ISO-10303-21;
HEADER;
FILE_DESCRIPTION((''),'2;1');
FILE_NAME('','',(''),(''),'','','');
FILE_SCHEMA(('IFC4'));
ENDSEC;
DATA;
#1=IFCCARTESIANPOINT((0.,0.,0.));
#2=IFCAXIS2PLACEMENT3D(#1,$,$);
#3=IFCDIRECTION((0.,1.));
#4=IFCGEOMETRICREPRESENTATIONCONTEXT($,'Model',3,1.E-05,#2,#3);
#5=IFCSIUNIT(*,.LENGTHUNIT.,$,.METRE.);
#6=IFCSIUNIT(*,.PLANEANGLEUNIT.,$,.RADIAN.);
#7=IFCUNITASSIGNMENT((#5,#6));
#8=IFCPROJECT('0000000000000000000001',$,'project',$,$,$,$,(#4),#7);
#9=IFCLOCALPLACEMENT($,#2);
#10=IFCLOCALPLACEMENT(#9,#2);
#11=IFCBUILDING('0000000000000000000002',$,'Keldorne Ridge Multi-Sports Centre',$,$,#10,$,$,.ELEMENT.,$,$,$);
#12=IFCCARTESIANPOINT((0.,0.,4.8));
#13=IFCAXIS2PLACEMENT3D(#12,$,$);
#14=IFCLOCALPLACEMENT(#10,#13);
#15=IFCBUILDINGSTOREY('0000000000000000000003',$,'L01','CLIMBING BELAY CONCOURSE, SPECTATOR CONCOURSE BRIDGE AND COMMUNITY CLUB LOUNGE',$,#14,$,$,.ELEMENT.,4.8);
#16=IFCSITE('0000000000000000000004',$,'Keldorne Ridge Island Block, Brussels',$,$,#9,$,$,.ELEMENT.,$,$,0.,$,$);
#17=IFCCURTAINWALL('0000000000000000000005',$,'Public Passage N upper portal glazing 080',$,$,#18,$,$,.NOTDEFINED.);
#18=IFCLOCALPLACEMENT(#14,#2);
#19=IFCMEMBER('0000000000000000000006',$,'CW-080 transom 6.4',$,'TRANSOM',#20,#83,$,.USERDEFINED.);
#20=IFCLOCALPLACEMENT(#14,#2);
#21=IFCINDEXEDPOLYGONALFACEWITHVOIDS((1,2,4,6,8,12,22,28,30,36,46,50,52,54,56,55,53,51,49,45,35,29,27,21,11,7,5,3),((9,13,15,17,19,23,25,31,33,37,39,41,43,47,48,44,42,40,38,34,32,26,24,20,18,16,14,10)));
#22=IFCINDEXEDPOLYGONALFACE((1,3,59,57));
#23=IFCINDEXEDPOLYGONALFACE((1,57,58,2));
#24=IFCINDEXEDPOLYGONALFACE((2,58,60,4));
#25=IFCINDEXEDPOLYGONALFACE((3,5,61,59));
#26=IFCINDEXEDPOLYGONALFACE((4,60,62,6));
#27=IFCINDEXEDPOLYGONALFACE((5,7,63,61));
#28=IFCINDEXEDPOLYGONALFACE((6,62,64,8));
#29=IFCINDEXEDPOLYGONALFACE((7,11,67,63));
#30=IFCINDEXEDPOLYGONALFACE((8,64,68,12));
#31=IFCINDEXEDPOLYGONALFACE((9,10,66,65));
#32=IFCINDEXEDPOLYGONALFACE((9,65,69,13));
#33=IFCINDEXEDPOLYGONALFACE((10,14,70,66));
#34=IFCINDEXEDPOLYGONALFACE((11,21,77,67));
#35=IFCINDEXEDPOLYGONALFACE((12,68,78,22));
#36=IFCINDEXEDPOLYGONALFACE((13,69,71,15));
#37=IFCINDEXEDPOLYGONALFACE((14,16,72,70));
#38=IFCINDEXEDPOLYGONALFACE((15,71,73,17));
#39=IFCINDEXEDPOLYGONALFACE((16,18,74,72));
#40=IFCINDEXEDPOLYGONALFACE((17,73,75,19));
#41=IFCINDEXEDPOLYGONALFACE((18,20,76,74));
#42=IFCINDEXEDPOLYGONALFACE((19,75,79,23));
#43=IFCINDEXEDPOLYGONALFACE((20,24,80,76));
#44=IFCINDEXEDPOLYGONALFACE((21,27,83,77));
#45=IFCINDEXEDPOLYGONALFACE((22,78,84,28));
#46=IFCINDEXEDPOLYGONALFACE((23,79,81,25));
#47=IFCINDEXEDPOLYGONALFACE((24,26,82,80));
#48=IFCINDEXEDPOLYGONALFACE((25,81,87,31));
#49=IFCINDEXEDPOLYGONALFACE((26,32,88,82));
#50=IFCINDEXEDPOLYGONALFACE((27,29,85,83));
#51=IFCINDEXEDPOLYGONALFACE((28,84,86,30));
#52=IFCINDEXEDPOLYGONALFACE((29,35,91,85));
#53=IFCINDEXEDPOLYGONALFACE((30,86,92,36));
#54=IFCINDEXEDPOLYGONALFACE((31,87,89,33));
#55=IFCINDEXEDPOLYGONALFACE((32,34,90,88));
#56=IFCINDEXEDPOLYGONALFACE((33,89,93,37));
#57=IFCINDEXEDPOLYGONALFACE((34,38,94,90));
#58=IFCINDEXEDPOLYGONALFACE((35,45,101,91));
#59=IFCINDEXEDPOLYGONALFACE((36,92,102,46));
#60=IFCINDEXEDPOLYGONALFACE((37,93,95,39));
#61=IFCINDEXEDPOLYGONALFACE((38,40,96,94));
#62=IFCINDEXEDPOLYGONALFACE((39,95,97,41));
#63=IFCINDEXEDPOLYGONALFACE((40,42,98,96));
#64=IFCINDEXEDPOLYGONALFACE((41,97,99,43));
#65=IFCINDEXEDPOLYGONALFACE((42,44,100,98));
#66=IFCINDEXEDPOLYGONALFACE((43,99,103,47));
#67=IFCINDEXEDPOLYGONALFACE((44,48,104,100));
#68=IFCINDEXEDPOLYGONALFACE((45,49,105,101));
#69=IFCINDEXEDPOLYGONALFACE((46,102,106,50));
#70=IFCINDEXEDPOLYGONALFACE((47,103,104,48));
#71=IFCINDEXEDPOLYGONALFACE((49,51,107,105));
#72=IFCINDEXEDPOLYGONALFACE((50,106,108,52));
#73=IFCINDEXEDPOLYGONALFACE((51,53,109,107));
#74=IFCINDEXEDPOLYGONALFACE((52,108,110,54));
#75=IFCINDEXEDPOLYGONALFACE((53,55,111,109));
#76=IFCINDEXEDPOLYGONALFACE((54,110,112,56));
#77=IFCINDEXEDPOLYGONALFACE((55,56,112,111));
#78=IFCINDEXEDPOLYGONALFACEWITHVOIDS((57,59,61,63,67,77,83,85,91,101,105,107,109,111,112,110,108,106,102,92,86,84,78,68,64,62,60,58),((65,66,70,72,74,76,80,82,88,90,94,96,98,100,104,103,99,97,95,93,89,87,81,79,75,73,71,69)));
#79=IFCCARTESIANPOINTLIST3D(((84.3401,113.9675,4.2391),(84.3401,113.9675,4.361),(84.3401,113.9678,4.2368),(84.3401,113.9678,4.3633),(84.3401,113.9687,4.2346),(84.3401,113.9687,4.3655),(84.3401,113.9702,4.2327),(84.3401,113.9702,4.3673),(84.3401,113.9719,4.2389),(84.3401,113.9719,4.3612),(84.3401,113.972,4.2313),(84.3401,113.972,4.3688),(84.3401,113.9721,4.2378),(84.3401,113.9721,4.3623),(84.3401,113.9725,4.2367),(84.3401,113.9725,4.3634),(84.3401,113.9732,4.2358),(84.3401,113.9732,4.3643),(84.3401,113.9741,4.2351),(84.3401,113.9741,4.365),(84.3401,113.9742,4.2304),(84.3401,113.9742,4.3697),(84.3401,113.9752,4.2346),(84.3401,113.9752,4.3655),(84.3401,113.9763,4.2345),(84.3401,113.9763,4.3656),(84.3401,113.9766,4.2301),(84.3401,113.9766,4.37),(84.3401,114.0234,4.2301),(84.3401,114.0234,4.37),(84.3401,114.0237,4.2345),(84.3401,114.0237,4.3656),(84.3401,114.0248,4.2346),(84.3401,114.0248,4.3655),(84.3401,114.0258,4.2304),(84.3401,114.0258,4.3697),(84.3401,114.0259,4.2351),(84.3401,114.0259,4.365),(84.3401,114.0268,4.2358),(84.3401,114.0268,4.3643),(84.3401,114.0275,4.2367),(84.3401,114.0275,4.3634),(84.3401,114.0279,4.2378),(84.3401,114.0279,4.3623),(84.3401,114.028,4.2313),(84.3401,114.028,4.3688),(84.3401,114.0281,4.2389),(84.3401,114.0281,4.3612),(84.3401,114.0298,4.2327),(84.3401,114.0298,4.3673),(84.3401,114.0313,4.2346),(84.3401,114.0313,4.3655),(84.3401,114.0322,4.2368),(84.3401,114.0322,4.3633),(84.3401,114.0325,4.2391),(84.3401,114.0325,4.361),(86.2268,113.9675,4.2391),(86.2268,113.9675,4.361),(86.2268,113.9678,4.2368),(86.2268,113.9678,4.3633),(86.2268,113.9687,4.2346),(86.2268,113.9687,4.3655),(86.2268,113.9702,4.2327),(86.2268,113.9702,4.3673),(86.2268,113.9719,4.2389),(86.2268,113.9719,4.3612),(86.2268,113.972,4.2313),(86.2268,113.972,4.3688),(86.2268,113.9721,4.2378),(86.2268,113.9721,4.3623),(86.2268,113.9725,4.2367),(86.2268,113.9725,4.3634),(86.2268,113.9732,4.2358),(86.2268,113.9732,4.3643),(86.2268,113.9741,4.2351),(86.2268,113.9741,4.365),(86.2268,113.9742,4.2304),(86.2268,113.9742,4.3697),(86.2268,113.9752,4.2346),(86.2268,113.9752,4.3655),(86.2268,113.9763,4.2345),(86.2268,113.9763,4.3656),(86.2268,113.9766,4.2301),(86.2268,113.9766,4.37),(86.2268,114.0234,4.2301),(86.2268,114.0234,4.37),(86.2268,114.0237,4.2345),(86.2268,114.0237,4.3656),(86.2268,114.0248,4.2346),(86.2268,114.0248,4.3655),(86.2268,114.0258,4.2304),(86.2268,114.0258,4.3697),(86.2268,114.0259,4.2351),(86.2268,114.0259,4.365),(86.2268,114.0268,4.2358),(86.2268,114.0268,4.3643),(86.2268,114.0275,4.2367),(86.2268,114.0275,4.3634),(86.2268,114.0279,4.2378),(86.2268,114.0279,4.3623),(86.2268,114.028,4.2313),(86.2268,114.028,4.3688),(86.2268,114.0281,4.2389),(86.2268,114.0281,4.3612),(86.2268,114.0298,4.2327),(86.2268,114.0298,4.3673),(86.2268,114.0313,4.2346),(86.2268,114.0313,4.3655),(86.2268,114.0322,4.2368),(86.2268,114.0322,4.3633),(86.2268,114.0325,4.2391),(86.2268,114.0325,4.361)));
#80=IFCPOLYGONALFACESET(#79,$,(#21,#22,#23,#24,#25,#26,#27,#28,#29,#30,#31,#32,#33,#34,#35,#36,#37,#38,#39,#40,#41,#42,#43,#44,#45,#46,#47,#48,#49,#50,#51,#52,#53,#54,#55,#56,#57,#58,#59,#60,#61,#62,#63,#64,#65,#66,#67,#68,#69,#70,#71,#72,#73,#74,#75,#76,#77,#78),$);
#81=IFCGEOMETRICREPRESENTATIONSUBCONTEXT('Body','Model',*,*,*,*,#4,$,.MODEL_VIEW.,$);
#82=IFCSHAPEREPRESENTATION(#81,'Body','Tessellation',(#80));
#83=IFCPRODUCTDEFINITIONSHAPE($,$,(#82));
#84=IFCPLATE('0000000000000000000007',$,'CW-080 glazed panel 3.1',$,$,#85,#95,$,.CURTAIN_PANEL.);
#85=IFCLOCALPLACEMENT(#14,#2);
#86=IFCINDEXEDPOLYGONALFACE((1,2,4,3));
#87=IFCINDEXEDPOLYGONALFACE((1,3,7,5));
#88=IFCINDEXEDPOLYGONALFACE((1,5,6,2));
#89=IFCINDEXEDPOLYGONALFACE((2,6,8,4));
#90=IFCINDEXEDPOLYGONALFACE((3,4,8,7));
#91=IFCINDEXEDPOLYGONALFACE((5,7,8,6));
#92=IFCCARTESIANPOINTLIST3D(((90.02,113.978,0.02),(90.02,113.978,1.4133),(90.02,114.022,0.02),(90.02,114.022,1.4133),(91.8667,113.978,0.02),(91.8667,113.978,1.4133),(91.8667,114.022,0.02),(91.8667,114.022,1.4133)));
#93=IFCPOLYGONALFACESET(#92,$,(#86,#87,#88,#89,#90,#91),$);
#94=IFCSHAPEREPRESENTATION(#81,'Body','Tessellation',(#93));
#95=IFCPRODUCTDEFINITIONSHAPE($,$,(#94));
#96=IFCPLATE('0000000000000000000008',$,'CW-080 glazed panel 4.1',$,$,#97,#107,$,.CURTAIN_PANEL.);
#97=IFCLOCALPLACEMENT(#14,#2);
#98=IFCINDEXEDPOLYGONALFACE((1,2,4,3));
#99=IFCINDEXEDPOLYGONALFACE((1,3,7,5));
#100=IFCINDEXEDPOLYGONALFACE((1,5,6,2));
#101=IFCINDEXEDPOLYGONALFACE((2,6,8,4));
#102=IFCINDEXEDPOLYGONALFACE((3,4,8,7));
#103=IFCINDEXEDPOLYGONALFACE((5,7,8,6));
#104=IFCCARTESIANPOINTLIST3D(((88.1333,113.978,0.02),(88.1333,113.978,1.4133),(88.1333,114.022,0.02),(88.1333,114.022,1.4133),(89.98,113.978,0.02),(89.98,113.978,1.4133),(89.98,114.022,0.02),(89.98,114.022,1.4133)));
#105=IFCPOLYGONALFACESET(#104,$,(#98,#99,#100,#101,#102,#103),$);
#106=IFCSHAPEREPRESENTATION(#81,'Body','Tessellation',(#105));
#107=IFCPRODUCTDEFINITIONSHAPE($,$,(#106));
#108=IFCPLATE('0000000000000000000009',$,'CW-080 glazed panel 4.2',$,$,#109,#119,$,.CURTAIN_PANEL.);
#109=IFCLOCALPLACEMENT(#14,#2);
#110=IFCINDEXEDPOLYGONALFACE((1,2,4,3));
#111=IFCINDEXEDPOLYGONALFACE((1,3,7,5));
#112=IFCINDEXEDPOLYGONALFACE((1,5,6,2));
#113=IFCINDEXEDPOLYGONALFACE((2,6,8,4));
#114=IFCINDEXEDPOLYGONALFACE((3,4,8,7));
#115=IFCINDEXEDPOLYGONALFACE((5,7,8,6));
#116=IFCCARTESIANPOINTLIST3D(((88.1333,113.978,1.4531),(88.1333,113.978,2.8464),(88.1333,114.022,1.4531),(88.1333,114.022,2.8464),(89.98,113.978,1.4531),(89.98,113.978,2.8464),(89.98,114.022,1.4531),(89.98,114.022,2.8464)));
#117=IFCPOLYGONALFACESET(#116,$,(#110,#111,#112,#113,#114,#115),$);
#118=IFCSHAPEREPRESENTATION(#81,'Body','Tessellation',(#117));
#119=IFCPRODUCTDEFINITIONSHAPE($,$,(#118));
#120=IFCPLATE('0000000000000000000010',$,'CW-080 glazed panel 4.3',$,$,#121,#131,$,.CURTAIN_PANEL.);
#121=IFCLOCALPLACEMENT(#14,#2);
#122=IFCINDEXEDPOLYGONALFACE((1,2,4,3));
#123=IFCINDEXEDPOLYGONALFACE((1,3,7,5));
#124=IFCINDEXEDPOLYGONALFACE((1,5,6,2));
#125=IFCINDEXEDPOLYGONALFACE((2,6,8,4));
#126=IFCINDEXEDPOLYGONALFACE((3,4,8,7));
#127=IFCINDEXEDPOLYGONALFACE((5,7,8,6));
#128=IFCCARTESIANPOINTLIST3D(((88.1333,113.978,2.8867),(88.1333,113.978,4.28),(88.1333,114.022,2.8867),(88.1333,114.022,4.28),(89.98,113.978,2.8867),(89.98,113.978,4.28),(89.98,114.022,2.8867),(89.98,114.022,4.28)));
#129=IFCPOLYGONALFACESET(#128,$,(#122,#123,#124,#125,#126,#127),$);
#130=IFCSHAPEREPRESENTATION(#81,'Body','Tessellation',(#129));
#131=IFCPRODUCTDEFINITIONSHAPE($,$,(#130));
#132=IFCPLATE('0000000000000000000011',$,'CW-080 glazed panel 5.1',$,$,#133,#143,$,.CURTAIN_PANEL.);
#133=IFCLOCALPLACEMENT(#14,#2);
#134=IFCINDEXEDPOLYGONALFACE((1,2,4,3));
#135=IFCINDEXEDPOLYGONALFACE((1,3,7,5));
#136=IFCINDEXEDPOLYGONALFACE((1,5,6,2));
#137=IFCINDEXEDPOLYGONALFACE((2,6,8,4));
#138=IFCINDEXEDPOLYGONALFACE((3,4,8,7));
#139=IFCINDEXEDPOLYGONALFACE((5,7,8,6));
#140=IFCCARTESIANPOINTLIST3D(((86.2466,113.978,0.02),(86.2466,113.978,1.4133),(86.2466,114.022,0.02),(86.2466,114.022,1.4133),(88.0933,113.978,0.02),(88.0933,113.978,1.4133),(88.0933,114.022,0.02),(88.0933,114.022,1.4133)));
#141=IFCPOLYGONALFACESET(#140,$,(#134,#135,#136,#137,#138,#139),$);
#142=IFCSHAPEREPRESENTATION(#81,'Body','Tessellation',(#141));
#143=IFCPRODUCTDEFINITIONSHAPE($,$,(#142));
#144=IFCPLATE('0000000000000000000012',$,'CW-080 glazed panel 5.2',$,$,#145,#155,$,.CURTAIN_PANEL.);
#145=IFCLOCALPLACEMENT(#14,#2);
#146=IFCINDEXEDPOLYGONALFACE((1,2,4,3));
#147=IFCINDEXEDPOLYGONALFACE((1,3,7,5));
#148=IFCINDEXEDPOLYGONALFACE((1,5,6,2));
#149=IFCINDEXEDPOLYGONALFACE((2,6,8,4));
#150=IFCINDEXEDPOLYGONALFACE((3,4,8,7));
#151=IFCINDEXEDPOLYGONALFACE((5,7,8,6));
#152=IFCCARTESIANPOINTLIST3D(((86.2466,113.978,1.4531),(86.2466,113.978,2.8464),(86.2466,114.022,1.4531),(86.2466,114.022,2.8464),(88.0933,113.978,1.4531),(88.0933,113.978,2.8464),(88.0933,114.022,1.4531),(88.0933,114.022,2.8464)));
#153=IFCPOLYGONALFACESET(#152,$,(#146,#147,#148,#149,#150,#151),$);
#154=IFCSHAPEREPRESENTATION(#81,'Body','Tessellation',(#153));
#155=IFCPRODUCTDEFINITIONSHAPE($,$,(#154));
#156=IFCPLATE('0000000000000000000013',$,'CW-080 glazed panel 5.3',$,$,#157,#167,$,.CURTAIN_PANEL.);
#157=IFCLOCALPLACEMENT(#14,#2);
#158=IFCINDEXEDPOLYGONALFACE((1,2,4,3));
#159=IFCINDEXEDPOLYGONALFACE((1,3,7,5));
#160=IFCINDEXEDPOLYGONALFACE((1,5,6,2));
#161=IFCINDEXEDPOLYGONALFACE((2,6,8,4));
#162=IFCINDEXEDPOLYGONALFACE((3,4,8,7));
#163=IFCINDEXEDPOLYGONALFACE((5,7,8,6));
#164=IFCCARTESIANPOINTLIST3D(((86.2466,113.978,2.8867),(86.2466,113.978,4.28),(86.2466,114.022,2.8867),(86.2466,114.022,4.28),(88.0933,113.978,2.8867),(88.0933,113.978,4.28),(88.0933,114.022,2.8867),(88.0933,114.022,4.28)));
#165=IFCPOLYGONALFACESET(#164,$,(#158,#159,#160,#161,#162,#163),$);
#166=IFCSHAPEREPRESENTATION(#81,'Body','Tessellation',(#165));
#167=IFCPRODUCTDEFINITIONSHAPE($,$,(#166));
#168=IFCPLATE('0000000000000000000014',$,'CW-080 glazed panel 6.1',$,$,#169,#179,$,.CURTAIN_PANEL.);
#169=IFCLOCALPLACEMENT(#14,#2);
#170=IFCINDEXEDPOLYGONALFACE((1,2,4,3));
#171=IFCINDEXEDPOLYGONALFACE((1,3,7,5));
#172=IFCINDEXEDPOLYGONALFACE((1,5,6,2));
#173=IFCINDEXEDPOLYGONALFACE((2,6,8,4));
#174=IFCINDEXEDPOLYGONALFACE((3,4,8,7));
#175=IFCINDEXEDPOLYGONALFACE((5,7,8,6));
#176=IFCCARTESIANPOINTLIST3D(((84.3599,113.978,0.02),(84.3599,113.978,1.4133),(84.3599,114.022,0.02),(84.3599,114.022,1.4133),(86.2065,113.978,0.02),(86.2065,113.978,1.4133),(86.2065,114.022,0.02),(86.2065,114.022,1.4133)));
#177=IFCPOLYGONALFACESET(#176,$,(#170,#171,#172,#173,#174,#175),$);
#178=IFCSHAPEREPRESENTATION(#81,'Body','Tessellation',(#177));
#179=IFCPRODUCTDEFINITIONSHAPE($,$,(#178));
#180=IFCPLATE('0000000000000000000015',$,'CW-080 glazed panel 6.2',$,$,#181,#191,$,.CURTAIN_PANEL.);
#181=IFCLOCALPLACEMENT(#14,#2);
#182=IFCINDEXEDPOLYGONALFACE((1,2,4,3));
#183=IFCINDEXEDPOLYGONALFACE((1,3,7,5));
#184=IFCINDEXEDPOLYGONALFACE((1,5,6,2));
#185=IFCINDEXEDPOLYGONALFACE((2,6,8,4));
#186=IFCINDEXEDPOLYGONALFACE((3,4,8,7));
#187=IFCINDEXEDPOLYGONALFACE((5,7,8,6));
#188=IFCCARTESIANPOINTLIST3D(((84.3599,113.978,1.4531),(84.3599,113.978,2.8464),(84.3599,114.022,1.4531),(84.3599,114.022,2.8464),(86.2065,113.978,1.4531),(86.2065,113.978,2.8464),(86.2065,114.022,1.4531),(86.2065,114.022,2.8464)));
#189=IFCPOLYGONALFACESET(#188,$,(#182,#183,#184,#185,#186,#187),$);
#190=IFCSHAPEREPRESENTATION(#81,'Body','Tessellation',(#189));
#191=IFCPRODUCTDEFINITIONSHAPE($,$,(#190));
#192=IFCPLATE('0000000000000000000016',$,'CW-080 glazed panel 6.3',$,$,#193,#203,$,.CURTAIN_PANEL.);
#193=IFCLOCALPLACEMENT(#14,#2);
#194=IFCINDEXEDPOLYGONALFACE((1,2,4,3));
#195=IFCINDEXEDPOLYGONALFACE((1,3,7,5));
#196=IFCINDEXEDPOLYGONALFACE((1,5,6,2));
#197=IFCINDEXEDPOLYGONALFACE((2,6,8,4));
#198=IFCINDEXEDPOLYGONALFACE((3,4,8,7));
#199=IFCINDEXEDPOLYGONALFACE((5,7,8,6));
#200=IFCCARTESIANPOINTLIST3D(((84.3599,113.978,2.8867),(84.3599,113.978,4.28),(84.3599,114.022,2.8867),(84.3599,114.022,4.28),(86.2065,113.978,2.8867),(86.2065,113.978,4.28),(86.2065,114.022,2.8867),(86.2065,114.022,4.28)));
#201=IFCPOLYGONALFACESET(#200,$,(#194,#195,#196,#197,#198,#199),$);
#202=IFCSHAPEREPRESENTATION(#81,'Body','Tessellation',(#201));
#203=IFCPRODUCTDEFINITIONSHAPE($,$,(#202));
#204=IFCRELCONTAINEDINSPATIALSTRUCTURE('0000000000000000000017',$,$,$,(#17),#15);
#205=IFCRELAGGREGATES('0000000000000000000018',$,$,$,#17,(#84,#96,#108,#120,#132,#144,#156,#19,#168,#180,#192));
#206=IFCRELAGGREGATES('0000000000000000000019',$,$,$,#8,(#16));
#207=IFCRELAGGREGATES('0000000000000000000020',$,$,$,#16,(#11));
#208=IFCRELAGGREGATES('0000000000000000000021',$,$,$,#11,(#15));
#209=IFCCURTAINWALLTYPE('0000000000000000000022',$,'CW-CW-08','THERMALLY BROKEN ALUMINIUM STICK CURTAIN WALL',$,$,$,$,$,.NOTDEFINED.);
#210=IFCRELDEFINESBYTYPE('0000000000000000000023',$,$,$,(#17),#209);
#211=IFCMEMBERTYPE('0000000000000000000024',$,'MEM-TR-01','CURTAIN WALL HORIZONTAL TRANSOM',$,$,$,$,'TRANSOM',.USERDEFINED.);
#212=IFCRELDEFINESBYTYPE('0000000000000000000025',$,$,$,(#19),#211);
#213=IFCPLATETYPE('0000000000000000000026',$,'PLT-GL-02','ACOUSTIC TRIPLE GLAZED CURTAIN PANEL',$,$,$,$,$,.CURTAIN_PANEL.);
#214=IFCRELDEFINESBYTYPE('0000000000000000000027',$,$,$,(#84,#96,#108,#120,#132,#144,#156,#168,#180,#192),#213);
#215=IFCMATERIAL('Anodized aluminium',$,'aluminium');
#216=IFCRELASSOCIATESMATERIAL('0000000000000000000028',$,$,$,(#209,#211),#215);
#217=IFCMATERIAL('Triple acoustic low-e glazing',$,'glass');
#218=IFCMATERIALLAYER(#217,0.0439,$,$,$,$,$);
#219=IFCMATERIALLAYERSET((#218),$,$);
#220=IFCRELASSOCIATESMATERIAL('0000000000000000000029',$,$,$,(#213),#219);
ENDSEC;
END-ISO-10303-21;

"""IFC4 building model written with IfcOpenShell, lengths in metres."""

from ifc_helpers import new_model, si_unit, direction, frame, origin, origin_2d, place, context, subcontext, project, spatial, rectangle, hollow_rectangle, extrude, material, layer, layer_set, material_profile, profile_set, type_object, element, aggregate, save


model = new_model("IFC4")

# Units and contexts
model_context = context("Model", 3, precision=1e-05, world=origin(), true_north=direction((0.0, 1.0)))
body_context = subcontext(model_context, "Body", "Model", "MODEL_VIEW")
ifc_project = project(units=[si_unit("LENGTHUNIT", "METRE"), si_unit("PLANEANGLEUNIT", "RADIAN")], contexts=[model_context])

# Site, building, storey
site_placement = place(None, origin())
site = spatial("IfcSite", under=ifc_project, at=site_placement, Name="Keldorne Ridge Island Block, Brussels", CompositionType="ELEMENT", RefElevation=0.0)
building_placement = place(site_placement, origin())
building = spatial("IfcBuilding", under=site, at=building_placement, Name="Keldorne Ridge Multi-Sports Centre", CompositionType="ELEMENT")
storey_placement = place(building_placement, frame((0.0, 0.0, 4.8)))
storey = spatial("IfcBuildingStorey", under=building, at=storey_placement, Name="L01", Description="CLIMBING BELAY CONCOURSE, SPECTATOR CONCOURSE BRIDGE AND COMMUNITY CLUB LOUNGE", CompositionType="ELEMENT", Elevation=4.8)

# Curtain wall, member, plates
ifc_material_1 = material(Name="Anodized aluminium", Category="aluminium")
curtain_wall_type = type_object("IfcCurtainWallType", Name="CW-CW-08", Description="THERMALLY BROKEN ALUMINIUM STICK CURTAIN WALL", PredefinedType="NOTDEFINED", material=ifc_material_1)
curtain_wall_placement = place(storey_placement, origin())
curtain_wall = element("IfcCurtainWall", 1, at=curtain_wall_placement, inside=storey, type_object=curtain_wall_type, Name="Public Passage N upper portal glazing 080", PredefinedType="NOTDEFINED")
ifc_material_profile_1 = material_profile(ifc_material_1, hollow_rectangle(XDim=0.0649, YDim=0.1399, WallThickness=0.0044, InnerFilletRadius=0.0044, OuterFilletRadius=0.009, at=origin_2d()), Name="ALU TRANSOM 140x65x4.5")
ifc_profile_set_1 = profile_set([ifc_material_profile_1], Name="Anodized aluminium")
member_type_1 = type_object("IfcMemberType", Name="MEM-TR-01", Description="CURTAIN WALL HORIZONTAL TRANSOM", ElementType="TRANSOM", PredefinedType="USERDEFINED", material=ifc_profile_set_1)
member_1_placement = place(storey_placement, frame((86.2268, 114.0, 4.3), z_axis=(-1.0, 0.0, 0.0), x_axis=(0.0, -1.0, 0.0)))
member_1 = element("IfcMember", 2, at=member_1_placement, type_object=member_type_1, Name="CW-080 transom 6.4", ObjectType="TRANSOM", PredefinedType="USERDEFINED", context=body_context, shape_type="SweptSolid", body=[
    extrude(hollow_rectangle(XDim=0.0649, YDim=0.1399, WallThickness=0.0044, InnerFilletRadius=0.0044, OuterFilletRadius=0.009, at=origin_2d()), origin(), (0.0, 0.0, 1.0), 1.8867),
])
ifc_material_2 = material(Name="Triple acoustic low-e glazing", Category="glass")
ifc_layer_1 = layer(ifc_material_2, 0.0439)
ifc_layer_set_1 = layer_set([ifc_layer_1])
plate_type_1 = type_object("IfcPlateType", Name="PLT-GL-02", Description="ACOUSTIC TRIPLE GLAZED CURTAIN PANEL", PredefinedType="CURTAIN_PANEL", material=ifc_layer_set_1)
plate_1_placement = place(storey_placement, frame((90.9434, 114.0, 0.02), z_axis=(0.0, 0.0, 1.0), x_axis=(-1.0, 0.0, 0.0)))
plate_1 = element("IfcPlate", 3, at=plate_1_placement, type_object=plate_type_1, Name="CW-080 glazed panel 3.1", PredefinedType="CURTAIN_PANEL", context=body_context, shape_type="SweptSolid", body=[
    extrude(rectangle(XDim=1.8467, YDim=0.0439, at=origin_2d()), origin(), (0.0, 0.0, 1.0), 1.3933),
])
plate_2_placement = place(storey_placement, frame((89.0566, 114.0, 0.02), z_axis=(0.0, 0.0, 1.0), x_axis=(-1.0, 0.0, 0.0)))
plate_2 = element("IfcPlate", 4, at=plate_2_placement, type_object=plate_type_1, Name="CW-080 glazed panel 4.1", PredefinedType="CURTAIN_PANEL", context=body_context, shape_type="SweptSolid", body=[
    extrude(rectangle(XDim=1.8467, YDim=0.0439, at=origin_2d()), origin(), (0.0, 0.0, 1.0), 1.3933),
])
plate_3_placement = place(storey_placement, frame((89.0566, 114.0, 1.4531), z_axis=(0.0, 0.0, 1.0), x_axis=(-1.0, 0.0, 0.0)))
plate_3 = element("IfcPlate", 5, at=plate_3_placement, type_object=plate_type_1, Name="CW-080 glazed panel 4.2", PredefinedType="CURTAIN_PANEL", context=body_context, shape_type="SweptSolid", body=[
    extrude(rectangle(XDim=1.8467, YDim=0.0439, at=origin_2d()), origin(), (0.0, 0.0, 1.0), 1.3933),
])
plate_4_placement = place(storey_placement, frame((89.0566, 114.0, 2.8867), z_axis=(0.0, 0.0, 1.0), x_axis=(-1.0, 0.0, 0.0)))
plate_4 = element("IfcPlate", 6, at=plate_4_placement, type_object=plate_type_1, Name="CW-080 glazed panel 4.3", PredefinedType="CURTAIN_PANEL", context=body_context, shape_type="SweptSolid", body=[
    extrude(rectangle(XDim=1.8467, YDim=0.0439, at=origin_2d()), origin(), (0.0, 0.0, 1.0), 1.3933),
])
plate_5_placement = place(storey_placement, frame((87.1699, 114.0, 0.02), z_axis=(0.0, 0.0, 1.0), x_axis=(-1.0, 0.0, 0.0)))
plate_5 = element("IfcPlate", 7, at=plate_5_placement, type_object=plate_type_1, Name="CW-080 glazed panel 5.1", PredefinedType="CURTAIN_PANEL", context=body_context, shape_type="SweptSolid", body=[
    extrude(rectangle(XDim=1.8467, YDim=0.0439, at=origin_2d()), origin(), (0.0, 0.0, 1.0), 1.3933),
])
plate_6_placement = place(storey_placement, frame((87.1699, 114.0, 1.4531), z_axis=(0.0, 0.0, 1.0), x_axis=(-1.0, 0.0, 0.0)))
plate_6 = element("IfcPlate", 8, at=plate_6_placement, type_object=plate_type_1, Name="CW-080 glazed panel 5.2", PredefinedType="CURTAIN_PANEL", context=body_context, shape_type="SweptSolid", body=[
    extrude(rectangle(XDim=1.8467, YDim=0.0439, at=origin_2d()), origin(), (0.0, 0.0, 1.0), 1.3933),
])
plate_7_placement = place(storey_placement, frame((87.1699, 114.0, 2.8867), z_axis=(0.0, 0.0, 1.0), x_axis=(-1.0, 0.0, 0.0)))
plate_7 = element("IfcPlate", 9, at=plate_7_placement, type_object=plate_type_1, Name="CW-080 glazed panel 5.3", PredefinedType="CURTAIN_PANEL", context=body_context, shape_type="SweptSolid", body=[
    extrude(rectangle(XDim=1.8467, YDim=0.0439, at=origin_2d()), origin(), (0.0, 0.0, 1.0), 1.3933),
])
plate_8_placement = place(storey_placement, frame((85.2832, 114.0, 0.02), z_axis=(0.0, 0.0, 1.0), x_axis=(-1.0, 0.0, 0.0)))
plate_8 = element("IfcPlate", 10, at=plate_8_placement, type_object=plate_type_1, Name="CW-080 glazed panel 6.1", PredefinedType="CURTAIN_PANEL", context=body_context, shape_type="SweptSolid", body=[
    extrude(rectangle(XDim=1.8467, YDim=0.0439, at=origin_2d()), origin(), (0.0, 0.0, 1.0), 1.3933),
])
plate_9_placement = place(storey_placement, frame((85.2832, 114.0, 1.4531), z_axis=(0.0, 0.0, 1.0), x_axis=(-1.0, 0.0, 0.0)))
plate_9 = element("IfcPlate", 11, at=plate_9_placement, type_object=plate_type_1, Name="CW-080 glazed panel 6.2", PredefinedType="CURTAIN_PANEL", context=body_context, shape_type="SweptSolid", body=[
    extrude(rectangle(XDim=1.8467, YDim=0.0439, at=origin_2d()), origin(), (0.0, 0.0, 1.0), 1.3933),
])
plate_10_placement = place(storey_placement, frame((85.2832, 114.0, 2.8867), z_axis=(0.0, 0.0, 1.0), x_axis=(-1.0, 0.0, 0.0)))
plate_10 = element("IfcPlate", 12, at=plate_10_placement, type_object=plate_type_1, Name="CW-080 glazed panel 6.3", PredefinedType="CURTAIN_PANEL", context=body_context, shape_type="SweptSolid", body=[
    extrude(rectangle(XDim=1.8467, YDim=0.0439, at=origin_2d()), origin(), (0.0, 0.0, 1.0), 1.3933),
])
aggregate(curtain_wall, [plate_1, plate_2, plate_3, plate_4, plate_5, plate_6, plate_7, member_1, plate_8, plate_9, plate_10])

save(model, "model.ifc")
